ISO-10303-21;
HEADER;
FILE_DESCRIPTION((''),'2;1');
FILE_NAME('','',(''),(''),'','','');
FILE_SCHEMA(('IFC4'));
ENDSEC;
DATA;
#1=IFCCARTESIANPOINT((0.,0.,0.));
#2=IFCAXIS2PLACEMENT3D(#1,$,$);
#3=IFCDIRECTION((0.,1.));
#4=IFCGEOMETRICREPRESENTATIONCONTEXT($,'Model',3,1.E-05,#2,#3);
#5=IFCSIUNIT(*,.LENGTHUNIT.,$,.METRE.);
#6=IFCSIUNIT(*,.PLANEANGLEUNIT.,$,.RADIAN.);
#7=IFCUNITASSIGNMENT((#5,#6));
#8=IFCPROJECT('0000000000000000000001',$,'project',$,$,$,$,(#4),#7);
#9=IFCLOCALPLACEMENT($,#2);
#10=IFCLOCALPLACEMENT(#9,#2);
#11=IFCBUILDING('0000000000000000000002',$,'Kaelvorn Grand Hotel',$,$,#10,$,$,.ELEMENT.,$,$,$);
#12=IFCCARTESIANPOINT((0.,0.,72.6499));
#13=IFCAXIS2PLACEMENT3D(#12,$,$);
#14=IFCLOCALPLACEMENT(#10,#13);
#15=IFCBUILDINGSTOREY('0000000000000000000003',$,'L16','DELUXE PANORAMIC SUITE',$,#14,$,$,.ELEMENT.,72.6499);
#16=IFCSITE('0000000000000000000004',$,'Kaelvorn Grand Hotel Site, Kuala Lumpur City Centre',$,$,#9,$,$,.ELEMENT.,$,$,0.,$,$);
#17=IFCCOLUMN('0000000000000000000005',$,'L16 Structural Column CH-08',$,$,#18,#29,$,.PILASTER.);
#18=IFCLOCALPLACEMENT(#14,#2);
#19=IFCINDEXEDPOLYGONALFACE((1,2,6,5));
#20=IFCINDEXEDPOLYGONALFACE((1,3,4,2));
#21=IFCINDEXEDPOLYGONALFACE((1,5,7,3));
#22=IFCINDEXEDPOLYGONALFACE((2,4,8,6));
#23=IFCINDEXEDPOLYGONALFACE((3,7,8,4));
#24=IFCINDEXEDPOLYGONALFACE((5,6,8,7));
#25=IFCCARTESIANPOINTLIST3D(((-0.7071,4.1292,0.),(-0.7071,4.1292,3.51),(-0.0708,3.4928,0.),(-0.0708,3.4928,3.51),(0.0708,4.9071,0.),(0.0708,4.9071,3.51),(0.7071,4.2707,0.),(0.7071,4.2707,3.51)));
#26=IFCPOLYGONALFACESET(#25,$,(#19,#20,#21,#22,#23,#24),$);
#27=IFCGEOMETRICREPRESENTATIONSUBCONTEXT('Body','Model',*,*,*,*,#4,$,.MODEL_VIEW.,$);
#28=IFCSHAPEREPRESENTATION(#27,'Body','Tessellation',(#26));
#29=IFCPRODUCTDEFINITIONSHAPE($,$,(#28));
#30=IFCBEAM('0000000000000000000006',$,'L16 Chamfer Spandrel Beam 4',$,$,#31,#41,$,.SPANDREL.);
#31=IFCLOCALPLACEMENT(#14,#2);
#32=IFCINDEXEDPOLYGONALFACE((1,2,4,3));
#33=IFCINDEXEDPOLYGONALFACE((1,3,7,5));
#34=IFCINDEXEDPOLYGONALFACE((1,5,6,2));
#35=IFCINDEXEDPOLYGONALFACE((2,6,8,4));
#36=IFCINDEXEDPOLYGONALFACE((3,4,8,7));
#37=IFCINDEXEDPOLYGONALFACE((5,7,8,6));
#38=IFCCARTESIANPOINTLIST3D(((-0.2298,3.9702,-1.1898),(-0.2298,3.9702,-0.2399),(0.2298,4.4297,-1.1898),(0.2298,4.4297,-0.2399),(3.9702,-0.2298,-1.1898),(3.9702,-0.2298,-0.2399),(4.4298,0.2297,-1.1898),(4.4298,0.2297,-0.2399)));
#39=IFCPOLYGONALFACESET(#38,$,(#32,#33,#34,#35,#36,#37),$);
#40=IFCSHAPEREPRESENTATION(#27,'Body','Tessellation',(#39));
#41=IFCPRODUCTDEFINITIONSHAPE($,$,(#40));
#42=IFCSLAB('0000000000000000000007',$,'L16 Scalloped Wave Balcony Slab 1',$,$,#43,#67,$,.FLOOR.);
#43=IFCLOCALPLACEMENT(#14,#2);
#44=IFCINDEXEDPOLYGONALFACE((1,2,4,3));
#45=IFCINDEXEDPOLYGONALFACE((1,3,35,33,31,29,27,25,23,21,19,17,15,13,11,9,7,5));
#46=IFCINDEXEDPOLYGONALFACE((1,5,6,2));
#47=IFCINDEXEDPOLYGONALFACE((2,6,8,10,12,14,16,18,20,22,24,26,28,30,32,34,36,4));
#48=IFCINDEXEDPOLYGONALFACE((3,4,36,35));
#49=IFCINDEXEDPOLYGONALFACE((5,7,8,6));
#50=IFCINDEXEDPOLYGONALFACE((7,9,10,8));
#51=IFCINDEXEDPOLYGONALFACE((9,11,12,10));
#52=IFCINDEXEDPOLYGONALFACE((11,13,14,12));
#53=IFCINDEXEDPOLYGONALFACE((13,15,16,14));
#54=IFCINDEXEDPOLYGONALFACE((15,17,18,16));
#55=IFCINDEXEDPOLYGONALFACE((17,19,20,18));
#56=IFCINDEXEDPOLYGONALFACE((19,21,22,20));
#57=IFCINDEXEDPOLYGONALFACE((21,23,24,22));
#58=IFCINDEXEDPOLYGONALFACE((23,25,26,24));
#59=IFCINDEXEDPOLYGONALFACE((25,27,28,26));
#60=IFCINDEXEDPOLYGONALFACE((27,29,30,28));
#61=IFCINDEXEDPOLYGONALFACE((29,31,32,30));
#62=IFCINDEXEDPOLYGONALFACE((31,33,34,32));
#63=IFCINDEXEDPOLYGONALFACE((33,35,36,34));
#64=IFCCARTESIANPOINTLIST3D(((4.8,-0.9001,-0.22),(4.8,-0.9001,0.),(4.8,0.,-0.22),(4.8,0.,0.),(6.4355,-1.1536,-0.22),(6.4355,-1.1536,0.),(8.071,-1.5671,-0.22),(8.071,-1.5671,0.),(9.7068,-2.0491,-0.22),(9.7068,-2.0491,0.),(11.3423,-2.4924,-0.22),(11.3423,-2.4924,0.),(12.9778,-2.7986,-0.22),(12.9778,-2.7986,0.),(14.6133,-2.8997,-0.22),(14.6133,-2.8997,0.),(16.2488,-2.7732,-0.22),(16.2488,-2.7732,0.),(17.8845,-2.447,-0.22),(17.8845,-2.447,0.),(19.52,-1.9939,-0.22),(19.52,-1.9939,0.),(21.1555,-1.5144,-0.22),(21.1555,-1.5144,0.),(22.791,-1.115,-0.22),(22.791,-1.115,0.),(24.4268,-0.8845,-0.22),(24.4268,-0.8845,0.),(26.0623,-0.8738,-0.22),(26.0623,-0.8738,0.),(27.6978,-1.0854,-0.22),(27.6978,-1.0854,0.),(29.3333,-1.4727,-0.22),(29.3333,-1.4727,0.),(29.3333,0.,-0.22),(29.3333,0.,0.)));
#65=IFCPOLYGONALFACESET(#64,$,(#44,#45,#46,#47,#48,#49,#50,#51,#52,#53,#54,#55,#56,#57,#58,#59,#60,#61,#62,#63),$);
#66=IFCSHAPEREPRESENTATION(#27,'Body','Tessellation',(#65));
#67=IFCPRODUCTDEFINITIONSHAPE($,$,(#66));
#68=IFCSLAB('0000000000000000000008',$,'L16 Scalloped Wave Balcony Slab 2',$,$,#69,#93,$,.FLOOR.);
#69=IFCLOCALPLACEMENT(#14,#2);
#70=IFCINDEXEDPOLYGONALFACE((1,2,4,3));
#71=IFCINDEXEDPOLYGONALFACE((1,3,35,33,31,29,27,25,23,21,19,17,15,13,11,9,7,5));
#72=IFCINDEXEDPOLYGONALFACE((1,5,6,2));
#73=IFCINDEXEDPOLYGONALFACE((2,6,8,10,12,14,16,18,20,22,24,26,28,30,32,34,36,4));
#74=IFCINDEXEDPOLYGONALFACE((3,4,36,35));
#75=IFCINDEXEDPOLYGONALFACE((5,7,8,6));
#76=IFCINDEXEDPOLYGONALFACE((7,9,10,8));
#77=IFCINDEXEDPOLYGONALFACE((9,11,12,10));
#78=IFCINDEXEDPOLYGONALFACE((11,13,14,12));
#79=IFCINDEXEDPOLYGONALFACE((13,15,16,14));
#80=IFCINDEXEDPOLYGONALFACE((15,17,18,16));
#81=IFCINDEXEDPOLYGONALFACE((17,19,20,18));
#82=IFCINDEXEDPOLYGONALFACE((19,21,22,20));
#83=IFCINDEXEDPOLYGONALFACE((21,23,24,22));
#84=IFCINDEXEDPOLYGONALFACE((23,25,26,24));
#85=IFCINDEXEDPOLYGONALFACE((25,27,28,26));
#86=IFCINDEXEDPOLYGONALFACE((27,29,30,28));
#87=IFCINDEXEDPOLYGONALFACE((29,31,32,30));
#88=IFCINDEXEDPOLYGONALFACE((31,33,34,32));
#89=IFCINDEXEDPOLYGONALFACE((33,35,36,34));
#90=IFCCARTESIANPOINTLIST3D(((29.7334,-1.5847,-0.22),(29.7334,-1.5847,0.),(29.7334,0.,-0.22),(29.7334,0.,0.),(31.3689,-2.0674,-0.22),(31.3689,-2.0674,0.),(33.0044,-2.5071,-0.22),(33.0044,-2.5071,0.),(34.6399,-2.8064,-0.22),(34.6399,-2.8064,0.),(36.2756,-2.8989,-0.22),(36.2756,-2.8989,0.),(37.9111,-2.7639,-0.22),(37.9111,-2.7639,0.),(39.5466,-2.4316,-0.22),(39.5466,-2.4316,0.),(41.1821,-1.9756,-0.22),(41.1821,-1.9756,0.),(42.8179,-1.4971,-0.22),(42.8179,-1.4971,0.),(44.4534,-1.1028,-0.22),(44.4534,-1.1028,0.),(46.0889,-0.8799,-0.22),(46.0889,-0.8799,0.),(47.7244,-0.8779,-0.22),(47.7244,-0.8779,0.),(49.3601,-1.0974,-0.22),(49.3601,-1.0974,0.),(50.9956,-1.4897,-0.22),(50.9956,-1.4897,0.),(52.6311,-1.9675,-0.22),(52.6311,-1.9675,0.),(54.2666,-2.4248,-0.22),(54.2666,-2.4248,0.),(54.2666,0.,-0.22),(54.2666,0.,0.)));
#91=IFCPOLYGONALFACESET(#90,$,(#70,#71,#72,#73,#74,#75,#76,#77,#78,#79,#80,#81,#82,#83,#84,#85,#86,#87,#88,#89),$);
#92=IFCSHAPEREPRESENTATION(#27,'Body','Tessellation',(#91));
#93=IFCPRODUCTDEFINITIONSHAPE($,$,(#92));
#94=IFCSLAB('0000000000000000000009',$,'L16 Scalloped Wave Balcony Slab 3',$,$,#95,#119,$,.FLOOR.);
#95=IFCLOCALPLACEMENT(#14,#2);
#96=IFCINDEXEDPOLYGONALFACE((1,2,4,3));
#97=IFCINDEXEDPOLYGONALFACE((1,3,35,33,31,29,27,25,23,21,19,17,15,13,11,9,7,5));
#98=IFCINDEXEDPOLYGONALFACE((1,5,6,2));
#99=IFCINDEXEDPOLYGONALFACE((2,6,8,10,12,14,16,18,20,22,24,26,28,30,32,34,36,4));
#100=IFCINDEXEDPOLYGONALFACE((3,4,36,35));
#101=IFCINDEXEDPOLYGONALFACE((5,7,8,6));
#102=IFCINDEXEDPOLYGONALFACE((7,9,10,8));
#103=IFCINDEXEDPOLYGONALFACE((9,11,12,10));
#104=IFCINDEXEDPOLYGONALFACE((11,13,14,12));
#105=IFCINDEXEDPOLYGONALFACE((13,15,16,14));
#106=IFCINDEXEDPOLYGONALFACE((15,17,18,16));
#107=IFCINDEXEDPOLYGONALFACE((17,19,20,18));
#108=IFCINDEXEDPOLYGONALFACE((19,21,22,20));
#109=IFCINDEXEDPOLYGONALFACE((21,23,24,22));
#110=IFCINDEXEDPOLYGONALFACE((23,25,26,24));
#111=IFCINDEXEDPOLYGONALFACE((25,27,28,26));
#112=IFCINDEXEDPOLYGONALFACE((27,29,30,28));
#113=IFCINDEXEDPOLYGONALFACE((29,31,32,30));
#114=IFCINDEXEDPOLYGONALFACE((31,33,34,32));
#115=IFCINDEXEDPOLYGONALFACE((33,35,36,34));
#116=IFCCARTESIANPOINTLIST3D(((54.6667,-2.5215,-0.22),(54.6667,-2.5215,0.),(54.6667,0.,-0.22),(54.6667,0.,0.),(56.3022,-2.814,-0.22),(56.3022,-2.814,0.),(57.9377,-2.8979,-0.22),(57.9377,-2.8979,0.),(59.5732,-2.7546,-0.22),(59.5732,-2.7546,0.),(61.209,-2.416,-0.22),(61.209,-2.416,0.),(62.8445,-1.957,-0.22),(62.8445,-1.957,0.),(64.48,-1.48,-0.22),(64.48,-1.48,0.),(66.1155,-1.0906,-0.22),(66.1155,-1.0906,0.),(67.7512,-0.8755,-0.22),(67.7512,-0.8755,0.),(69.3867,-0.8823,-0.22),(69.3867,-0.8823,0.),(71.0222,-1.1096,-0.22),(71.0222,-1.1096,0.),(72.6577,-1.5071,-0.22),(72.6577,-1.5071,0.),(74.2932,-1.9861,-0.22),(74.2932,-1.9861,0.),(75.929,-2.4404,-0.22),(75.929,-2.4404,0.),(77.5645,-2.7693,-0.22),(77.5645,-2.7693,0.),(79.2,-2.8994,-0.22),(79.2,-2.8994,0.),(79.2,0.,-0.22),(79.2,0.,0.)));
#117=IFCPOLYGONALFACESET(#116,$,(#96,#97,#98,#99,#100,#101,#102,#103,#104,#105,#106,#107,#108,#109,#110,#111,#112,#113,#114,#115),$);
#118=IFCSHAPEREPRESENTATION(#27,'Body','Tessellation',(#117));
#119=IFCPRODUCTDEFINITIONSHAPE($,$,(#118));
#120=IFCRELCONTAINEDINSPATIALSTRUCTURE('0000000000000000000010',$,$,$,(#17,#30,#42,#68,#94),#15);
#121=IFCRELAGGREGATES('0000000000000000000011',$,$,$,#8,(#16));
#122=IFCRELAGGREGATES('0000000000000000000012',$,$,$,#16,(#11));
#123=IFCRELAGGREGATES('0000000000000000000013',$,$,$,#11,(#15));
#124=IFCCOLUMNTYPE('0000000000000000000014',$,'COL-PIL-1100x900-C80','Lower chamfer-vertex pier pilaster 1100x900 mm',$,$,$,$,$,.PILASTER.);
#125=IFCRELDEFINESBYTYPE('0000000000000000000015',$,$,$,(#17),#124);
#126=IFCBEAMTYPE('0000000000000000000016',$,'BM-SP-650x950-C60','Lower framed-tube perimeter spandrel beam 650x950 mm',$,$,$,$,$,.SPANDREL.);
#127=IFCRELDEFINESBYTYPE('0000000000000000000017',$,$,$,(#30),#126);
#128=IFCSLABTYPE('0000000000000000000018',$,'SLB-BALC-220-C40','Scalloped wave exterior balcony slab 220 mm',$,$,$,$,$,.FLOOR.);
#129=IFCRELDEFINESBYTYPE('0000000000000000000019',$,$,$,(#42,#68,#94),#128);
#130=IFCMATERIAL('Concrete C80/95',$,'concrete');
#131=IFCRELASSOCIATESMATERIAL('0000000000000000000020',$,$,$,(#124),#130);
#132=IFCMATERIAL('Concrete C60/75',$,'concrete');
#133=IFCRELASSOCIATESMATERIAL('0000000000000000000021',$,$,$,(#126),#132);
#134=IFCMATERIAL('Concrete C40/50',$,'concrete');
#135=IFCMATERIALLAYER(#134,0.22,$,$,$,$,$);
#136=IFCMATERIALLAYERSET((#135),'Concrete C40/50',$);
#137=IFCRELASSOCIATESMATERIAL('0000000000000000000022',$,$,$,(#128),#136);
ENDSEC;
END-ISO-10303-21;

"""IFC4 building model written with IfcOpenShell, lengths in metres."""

from ifc_helpers import new_model, si_unit, direction, frame, origin, origin_2d, place, context, subcontext, project, spatial, polyline, rectangle, outline, extrude, material, layer, layer_set, material_profile, profile_set, type_object, element, save


model = new_model("IFC4")

# Units and contexts
model_context = context("Model", 3, precision=1e-05, world=origin(), true_north=direction((0.0, 1.0)))
body_context = subcontext(model_context, "Body", "Model", "MODEL_VIEW")
ifc_project = project(units=[si_unit("LENGTHUNIT", "METRE"), si_unit("PLANEANGLEUNIT", "RADIAN")], contexts=[model_context])

# Site, building, storey
site_placement = place(None, origin())
site = spatial("IfcSite", under=ifc_project, at=site_placement, Name="Kaelvorn Grand Hotel Site, Kuala Lumpur City Centre", CompositionType="ELEMENT", RefElevation=0.0)
building_placement = place(site_placement, origin())
building = spatial("IfcBuilding", under=site, at=building_placement, Name="Kaelvorn Grand Hotel", CompositionType="ELEMENT")
storey_placement = place(building_placement, frame((0.0, 0.0, 72.6499)))
storey = spatial("IfcBuildingStorey", under=building, at=storey_placement, Name="L16", Description="DELUXE PANORAMIC SUITE", CompositionType="ELEMENT", Elevation=72.6499)

# Column
ifc_material_1 = material(Name="Concrete C80/95", Category="concrete")
ifc_material_profile_1 = material_profile(ifc_material_1, rectangle(XDim=1.1001, YDim=0.8999, at=origin_2d()), Name="RC PILASTER 1100x900")
ifc_profile_set_1 = profile_set([ifc_material_profile_1], Name="Concrete C80/95")
column_type = type_object("IfcColumnType", Name="COL-PIL-1100x900-C80", Description="Lower chamfer-vertex pier pilaster 1100x900 mm", PredefinedType="PILASTER", material=ifc_profile_set_1)
column_placement = place(storey_placement, frame((0.0, 4.2, 0.0), z_axis=(0.0, 0.0, 1.0), x_axis=(0.707107, 0.707107, 0.0)))
element("IfcColumn", 1, at=column_placement, inside=storey, type_object=column_type, Name="L16 Structural Column CH-08", PredefinedType="PILASTER", context=body_context, shape_type="SweptSolid", body=[
    extrude(rectangle(XDim=1.1001, YDim=0.8999, at=origin_2d()), origin(), (0.0, 0.0, 1.0), 3.51),
])

# Beam
ifc_material_2 = material(Name="Concrete C60/75", Category="concrete")
ifc_material_profile_2 = material_profile(ifc_material_2, rectangle(XDim=0.6499, YDim=0.95, at=origin_2d()), Name="RC SPANDREL 650x950")
ifc_profile_set_2 = profile_set([ifc_material_profile_2], Name="Concrete C60/75")
beam_type = type_object("IfcBeamType", Name="BM-SP-650x950-C60", Description="Lower framed-tube perimeter spandrel beam 650x950 mm", PredefinedType="SPANDREL", material=ifc_profile_set_2)
beam_placement = place(storey_placement, frame((0.0, 4.2, -0.7148), z_axis=(0.707107, -0.707107, 0.0), x_axis=(0.707107, 0.707107, 0.0)))
element("IfcBeam", 2, at=beam_placement, inside=storey, type_object=beam_type, Name="L16 Chamfer Spandrel Beam 4", PredefinedType="SPANDREL", context=body_context, shape_type="SweptSolid", body=[
    extrude(rectangle(XDim=0.6499, YDim=0.95, at=origin_2d()), origin(), (0.0, 0.0, 1.0), 5.9397),
])

# Slabs
ifc_material_3 = material(Name="Concrete C40/50", Category="concrete")
ifc_layer_1 = layer(ifc_material_3, 0.22)
ifc_layer_set_1 = layer_set([ifc_layer_1], Name="Concrete C40/50")
slab_type_1 = type_object("IfcSlabType", Name="SLB-BALC-220-C40", Description="Scalloped wave exterior balcony slab 220 mm", PredefinedType="FLOOR", material=ifc_layer_set_1)
slab_1_placement = place(storey_placement, frame((0.0, 0.0, -0.22)))
element("IfcSlab", 3, at=slab_1_placement, inside=storey, type_object=slab_type_1, Name="L16 Scalloped Wave Balcony Slab 1", PredefinedType="FLOOR", context=body_context, shape_type="SweptSolid", body=[
    extrude(outline(polyline([(4.8, -0.9001), (6.4355, -1.1536), (8.071, -1.5671), (9.7068, -2.0491), (11.3423, -2.4924), (12.9778, -2.7986), (14.6133, -2.8997), (16.2488, -2.7732), (17.8845, -2.447), (19.52, -1.9939), (21.1555, -1.5144), (22.791, -1.115), (24.4268, -0.8845), (26.0623, -0.8738), (27.6978, -1.0854), (29.3333, -1.4727), (29.3333, 0.0), (4.8, 0.0), (4.8, -0.9001)])), origin(), (0.0, 0.0, 1.0), 0.22),
])
slab_2_placement = place(storey_placement, frame((0.0, 0.0, -0.22)))
element("IfcSlab", 4, at=slab_2_placement, inside=storey, type_object=slab_type_1, Name="L16 Scalloped Wave Balcony Slab 2", PredefinedType="FLOOR", context=body_context, shape_type="SweptSolid", body=[
    extrude(outline(polyline([(29.7334, -1.5847), (31.3689, -2.0674), (33.0044, -2.5071), (34.6399, -2.8064), (36.2756, -2.8989), (37.9111, -2.7639), (39.5466, -2.4316), (41.1821, -1.9756), (42.8179, -1.4971), (44.4534, -1.1028), (46.0889, -0.8799), (47.7244, -0.8779), (49.3601, -1.0974), (50.9956, -1.4897), (52.6311, -1.9675), (54.2666, -2.4248), (54.2666, 0.0), (29.7334, 0.0), (29.7334, -1.5847)])), origin(), (0.0, 0.0, 1.0), 0.22),
])
slab_3_placement = place(storey_placement, frame((0.0, 0.0, -0.22)))
element("IfcSlab", 5, at=slab_3_placement, inside=storey, type_object=slab_type_1, Name="L16 Scalloped Wave Balcony Slab 3", PredefinedType="FLOOR", context=body_context, shape_type="SweptSolid", body=[
    extrude(outline(polyline([(54.6667, -2.5215), (56.3022, -2.814), (57.9377, -2.8979), (59.5732, -2.7546), (61.209, -2.416), (62.8445, -1.957), (64.48, -1.48), (66.1155, -1.0906), (67.7512, -0.8755), (69.3867, -0.8823), (71.0222, -1.1096), (72.6577, -1.5071), (74.2932, -1.9861), (75.929, -2.4404), (77.5645, -2.7693), (79.2, -2.8994), (79.2, 0.0), (54.6667, 0.0), (54.6667, -2.5215)])), origin(), (0.0, 0.0, 1.0), 0.22),
])

save(model, "model.ifc")
